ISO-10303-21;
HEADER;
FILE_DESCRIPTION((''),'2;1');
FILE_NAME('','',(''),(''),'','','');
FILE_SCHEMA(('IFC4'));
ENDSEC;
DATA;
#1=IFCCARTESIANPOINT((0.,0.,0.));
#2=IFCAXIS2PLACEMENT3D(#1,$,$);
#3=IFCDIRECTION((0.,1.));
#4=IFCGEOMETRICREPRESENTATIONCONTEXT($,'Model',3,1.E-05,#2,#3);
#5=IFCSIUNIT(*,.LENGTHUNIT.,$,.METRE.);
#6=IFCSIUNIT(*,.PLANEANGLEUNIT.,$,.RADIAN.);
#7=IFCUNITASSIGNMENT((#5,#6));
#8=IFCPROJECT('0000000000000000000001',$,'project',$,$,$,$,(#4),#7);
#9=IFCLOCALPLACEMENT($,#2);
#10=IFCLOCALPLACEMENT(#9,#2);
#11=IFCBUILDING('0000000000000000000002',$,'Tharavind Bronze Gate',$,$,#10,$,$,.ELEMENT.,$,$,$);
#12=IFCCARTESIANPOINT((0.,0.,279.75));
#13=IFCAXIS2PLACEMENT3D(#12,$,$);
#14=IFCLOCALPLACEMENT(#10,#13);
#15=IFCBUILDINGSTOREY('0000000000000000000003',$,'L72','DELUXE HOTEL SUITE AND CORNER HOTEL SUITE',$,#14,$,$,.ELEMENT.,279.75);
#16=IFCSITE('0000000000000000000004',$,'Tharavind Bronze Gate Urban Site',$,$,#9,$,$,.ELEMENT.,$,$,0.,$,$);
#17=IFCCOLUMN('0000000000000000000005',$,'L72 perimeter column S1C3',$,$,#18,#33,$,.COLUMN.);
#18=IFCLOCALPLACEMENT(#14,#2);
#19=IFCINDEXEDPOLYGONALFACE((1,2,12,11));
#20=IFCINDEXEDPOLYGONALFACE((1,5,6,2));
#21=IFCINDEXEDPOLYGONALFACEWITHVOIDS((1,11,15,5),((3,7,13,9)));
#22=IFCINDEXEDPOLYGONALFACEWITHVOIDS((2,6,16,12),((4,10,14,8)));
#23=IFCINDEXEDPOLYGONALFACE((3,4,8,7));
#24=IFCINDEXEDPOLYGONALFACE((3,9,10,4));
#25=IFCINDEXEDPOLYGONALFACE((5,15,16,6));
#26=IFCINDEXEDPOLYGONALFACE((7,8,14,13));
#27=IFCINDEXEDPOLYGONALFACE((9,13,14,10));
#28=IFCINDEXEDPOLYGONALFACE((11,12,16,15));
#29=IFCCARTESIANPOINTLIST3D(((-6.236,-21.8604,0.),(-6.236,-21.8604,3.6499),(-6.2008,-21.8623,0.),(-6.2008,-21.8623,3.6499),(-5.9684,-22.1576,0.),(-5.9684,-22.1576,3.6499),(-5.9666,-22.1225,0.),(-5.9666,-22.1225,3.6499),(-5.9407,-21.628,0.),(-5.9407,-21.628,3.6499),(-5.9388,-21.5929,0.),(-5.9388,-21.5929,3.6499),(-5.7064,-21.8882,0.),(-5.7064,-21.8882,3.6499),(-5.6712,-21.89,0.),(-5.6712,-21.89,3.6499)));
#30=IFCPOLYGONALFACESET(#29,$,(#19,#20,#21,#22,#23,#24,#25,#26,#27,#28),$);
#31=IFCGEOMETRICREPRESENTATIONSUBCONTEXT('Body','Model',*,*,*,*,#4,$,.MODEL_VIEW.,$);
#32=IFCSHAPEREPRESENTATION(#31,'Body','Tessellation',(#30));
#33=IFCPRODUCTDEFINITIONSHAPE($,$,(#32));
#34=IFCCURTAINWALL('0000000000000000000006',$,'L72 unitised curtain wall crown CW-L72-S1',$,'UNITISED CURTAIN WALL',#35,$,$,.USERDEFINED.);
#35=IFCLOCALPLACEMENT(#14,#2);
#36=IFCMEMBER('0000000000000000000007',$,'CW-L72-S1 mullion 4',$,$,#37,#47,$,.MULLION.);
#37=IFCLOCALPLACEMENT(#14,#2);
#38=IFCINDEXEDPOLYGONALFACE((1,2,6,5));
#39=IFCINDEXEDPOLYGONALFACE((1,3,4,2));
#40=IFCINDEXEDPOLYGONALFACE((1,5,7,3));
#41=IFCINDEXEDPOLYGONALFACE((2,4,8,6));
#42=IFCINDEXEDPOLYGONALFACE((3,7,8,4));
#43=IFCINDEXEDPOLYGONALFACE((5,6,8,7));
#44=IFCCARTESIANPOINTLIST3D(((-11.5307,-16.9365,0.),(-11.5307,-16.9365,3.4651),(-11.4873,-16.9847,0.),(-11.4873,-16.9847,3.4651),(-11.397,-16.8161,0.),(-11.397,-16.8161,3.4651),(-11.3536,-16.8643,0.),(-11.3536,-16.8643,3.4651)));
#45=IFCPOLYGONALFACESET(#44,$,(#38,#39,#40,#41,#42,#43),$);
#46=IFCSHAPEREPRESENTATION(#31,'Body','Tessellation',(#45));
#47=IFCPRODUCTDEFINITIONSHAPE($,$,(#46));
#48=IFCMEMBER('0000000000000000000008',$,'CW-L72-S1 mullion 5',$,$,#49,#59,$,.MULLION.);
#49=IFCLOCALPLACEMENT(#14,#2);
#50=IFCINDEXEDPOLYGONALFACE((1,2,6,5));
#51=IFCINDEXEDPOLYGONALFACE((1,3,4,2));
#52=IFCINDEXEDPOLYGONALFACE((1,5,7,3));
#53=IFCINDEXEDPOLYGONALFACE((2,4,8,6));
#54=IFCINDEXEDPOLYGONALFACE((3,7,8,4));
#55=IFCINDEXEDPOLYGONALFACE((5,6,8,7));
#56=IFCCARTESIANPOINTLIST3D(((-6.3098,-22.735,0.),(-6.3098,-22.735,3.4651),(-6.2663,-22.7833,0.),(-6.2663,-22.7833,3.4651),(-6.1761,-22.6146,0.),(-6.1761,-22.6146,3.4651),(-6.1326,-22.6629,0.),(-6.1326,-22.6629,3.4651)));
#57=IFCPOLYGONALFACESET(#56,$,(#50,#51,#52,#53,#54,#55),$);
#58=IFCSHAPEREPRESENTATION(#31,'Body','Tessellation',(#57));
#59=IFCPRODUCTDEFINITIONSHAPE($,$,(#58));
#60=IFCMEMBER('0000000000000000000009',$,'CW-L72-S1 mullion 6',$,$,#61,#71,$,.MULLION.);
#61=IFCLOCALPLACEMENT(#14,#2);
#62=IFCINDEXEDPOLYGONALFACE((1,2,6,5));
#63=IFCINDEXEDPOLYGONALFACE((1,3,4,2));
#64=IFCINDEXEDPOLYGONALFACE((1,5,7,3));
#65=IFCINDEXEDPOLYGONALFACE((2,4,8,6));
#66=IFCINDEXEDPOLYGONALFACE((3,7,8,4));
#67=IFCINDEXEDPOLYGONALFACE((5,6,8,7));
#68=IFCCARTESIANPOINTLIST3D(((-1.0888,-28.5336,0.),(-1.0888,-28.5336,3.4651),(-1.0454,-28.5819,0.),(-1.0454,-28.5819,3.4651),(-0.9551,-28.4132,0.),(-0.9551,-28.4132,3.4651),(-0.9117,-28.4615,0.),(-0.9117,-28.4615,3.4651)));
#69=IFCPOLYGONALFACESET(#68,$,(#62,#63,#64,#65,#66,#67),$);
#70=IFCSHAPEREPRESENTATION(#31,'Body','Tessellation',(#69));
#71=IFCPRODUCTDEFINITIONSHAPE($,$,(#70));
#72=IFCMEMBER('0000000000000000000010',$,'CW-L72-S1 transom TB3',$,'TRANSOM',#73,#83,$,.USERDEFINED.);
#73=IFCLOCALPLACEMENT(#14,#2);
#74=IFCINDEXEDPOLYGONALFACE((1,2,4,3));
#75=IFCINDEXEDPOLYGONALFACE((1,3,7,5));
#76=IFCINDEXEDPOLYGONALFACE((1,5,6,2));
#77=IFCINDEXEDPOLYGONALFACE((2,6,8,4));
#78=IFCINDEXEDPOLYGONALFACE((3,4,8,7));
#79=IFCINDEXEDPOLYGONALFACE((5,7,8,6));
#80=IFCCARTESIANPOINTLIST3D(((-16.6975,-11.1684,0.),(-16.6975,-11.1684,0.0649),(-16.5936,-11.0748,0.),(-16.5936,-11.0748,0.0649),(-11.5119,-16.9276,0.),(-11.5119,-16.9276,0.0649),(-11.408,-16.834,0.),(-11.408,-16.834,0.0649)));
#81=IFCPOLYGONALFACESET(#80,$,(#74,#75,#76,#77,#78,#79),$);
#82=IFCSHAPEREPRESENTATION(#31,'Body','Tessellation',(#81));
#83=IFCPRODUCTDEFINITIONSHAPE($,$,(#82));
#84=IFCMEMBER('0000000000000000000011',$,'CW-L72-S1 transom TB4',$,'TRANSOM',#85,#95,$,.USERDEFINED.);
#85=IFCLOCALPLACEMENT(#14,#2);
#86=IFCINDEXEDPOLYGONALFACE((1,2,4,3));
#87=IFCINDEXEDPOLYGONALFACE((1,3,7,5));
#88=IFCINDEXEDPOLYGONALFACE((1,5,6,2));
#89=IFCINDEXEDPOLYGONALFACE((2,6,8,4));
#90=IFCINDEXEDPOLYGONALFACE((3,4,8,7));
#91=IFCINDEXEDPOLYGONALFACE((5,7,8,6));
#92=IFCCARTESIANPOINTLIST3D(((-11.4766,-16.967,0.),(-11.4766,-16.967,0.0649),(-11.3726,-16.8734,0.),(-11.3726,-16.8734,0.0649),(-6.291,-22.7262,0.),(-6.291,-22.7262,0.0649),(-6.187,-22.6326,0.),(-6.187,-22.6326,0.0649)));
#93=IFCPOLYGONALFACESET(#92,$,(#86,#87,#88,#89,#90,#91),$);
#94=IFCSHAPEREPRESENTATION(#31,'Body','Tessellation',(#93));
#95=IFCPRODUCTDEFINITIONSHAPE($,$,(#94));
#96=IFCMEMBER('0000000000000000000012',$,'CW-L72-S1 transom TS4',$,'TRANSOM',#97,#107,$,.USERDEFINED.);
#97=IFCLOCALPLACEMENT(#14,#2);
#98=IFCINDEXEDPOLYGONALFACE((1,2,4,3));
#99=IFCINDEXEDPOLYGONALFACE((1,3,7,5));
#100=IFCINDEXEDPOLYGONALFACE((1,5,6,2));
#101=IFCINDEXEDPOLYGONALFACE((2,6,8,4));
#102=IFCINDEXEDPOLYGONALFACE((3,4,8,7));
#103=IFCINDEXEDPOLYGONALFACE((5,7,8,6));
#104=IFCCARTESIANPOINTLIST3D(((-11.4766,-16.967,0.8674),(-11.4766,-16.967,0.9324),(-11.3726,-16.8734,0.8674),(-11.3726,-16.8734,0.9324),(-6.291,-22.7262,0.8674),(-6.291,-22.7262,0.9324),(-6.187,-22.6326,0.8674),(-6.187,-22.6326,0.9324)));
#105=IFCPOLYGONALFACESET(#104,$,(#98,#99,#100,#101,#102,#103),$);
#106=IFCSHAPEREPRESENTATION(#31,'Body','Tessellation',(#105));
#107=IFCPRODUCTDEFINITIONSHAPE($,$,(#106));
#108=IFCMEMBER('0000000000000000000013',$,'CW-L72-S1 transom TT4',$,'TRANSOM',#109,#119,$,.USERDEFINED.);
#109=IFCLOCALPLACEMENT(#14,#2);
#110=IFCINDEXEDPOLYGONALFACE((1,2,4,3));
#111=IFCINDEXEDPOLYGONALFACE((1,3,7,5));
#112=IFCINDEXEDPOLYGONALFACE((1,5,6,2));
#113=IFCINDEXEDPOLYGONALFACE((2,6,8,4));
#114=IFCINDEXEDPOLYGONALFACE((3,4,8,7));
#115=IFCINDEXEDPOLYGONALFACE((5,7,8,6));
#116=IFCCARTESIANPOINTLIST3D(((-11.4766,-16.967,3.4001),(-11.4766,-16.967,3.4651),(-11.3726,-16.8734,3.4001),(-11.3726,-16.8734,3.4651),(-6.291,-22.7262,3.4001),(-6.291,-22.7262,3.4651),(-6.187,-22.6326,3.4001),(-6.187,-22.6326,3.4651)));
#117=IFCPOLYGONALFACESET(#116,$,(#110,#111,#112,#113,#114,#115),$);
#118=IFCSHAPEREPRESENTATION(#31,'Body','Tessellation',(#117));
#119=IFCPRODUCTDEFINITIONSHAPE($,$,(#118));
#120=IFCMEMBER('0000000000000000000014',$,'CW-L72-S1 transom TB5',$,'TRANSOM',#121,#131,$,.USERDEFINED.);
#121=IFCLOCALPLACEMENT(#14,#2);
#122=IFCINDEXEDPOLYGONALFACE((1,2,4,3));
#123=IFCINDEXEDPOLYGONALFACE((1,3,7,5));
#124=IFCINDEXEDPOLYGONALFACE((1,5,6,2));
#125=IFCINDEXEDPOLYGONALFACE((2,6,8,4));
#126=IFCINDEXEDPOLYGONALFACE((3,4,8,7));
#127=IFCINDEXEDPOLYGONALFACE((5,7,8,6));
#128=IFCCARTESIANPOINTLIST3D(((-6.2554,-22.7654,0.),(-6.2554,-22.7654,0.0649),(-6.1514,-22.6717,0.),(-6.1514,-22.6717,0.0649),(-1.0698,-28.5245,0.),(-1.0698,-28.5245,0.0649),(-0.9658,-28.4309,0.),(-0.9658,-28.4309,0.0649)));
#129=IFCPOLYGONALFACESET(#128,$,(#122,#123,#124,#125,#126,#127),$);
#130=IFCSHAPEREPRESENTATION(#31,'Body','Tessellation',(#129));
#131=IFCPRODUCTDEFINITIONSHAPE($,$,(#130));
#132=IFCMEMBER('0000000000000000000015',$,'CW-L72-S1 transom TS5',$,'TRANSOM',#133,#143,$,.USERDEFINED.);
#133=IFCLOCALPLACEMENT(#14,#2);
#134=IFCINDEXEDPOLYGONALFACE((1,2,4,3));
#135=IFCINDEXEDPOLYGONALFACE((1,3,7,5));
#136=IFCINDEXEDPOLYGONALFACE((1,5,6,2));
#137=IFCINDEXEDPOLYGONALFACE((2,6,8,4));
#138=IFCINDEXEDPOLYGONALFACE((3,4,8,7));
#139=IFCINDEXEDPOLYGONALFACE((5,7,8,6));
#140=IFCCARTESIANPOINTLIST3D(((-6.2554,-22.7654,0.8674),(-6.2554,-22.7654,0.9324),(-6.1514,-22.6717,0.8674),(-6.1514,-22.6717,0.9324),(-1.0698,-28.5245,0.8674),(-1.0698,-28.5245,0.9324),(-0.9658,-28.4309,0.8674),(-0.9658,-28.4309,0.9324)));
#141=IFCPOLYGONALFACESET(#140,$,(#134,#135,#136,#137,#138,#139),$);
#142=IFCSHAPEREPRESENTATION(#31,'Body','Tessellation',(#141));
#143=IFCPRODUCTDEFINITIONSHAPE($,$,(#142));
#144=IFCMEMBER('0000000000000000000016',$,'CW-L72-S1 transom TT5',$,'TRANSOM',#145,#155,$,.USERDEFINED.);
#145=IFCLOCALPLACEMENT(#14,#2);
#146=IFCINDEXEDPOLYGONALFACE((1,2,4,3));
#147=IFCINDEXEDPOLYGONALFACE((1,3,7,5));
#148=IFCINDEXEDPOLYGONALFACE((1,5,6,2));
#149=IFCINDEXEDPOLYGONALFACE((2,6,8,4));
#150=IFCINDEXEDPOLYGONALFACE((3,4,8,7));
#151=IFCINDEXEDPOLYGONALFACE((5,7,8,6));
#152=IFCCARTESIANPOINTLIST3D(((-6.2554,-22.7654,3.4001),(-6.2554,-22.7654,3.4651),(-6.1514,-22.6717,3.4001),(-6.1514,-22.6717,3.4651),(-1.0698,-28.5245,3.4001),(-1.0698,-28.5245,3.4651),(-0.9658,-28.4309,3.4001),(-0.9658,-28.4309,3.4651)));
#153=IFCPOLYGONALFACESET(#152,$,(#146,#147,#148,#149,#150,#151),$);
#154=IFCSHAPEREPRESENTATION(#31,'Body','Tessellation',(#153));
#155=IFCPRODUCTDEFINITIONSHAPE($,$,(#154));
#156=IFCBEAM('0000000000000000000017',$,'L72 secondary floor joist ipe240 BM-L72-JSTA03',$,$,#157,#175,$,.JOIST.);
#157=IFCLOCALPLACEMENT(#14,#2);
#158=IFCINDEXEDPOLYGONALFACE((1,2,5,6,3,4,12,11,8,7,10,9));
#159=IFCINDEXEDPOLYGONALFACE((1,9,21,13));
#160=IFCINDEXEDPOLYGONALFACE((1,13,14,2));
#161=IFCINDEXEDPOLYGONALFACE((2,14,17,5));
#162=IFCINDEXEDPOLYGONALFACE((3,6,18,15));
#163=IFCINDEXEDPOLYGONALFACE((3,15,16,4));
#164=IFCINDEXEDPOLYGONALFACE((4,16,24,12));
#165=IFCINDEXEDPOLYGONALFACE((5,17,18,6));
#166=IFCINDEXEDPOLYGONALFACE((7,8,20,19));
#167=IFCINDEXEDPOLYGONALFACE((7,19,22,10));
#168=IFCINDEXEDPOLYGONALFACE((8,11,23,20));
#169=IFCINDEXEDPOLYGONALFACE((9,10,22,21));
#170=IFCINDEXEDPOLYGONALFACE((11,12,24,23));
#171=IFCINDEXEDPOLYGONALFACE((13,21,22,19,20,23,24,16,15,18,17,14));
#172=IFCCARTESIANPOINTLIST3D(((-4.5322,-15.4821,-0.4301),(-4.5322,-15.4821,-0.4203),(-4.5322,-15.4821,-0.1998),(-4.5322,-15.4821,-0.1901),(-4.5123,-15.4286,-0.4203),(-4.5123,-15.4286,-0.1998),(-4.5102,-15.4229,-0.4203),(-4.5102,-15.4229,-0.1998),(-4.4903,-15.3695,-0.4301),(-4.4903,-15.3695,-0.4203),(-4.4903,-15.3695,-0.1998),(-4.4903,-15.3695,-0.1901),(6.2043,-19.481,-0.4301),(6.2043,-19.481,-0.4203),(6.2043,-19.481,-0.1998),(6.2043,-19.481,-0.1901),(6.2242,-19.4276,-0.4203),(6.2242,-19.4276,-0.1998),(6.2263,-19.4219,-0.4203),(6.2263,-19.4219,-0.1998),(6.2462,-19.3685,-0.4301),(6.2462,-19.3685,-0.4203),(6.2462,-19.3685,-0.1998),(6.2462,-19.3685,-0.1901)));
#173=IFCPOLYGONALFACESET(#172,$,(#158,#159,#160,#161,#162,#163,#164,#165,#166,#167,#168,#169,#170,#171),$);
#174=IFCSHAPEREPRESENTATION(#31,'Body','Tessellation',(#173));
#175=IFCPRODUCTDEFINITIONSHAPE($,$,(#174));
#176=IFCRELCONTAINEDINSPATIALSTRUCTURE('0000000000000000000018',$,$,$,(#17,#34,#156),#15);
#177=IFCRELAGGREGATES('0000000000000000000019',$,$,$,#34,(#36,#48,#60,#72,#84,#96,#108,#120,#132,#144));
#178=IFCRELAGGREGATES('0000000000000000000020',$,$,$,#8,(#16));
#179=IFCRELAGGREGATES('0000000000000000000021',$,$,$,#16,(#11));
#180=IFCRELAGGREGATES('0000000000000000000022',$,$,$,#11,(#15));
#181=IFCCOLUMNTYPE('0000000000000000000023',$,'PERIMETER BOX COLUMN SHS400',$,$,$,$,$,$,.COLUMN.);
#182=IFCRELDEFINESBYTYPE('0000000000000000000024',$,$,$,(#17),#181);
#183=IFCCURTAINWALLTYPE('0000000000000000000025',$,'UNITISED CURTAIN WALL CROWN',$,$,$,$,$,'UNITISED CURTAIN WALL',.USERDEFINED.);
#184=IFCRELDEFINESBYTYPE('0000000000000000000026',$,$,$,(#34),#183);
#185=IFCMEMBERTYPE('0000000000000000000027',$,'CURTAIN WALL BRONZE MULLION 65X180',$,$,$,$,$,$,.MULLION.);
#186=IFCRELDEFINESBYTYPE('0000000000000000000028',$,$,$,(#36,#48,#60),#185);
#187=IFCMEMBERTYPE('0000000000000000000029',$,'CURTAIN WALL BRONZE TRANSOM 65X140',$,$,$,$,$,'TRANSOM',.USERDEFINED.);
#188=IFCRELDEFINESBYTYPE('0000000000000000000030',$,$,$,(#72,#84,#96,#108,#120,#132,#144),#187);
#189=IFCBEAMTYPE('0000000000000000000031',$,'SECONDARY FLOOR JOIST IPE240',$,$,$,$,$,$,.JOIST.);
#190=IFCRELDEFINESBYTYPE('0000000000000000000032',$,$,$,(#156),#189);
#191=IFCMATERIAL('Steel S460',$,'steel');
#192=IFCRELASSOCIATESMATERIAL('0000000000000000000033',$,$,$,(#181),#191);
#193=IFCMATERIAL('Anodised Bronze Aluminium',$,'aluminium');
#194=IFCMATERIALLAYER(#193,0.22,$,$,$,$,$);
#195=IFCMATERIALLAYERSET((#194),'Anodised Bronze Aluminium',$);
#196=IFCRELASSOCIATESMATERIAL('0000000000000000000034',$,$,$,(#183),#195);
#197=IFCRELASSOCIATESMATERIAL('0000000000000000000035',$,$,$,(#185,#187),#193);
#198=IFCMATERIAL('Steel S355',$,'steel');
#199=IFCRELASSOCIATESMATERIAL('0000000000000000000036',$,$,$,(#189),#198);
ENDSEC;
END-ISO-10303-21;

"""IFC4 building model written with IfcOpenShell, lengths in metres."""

from ifc_helpers import new_model, si_unit, direction, frame, origin, origin_2d, place, context, subcontext, project, spatial, rectangle, hollow_rectangle, i_section, extrude, material, layer, layer_set, material_profile, profile_set, type_object, element, aggregate, save


model = new_model("IFC4")

# Units and contexts
model_context = context("Model", 3, precision=1e-05, world=origin(), true_north=direction((0.0, 1.0)))
body_context = subcontext(model_context, "Body", "Model", "MODEL_VIEW")
ifc_project = project(units=[si_unit("LENGTHUNIT", "METRE"), si_unit("PLANEANGLEUNIT", "RADIAN")], contexts=[model_context])

# Site, building, storey
site_placement = place(None, origin())
site = spatial("IfcSite", under=ifc_project, at=site_placement, Name="Tharavind Bronze Gate Urban Site", CompositionType="ELEMENT", RefElevation=0.0)
building_placement = place(site_placement, origin())
building = spatial("IfcBuilding", under=site, at=building_placement, Name="Tharavind Bronze Gate", CompositionType="ELEMENT")
storey_placement = place(building_placement, frame((0.0, 0.0, 279.75)))
storey = spatial("IfcBuildingStorey", under=building, at=storey_placement, Name="L72", Description="DELUXE HOTEL SUITE AND CORNER HOTEL SUITE", CompositionType="ELEMENT", Elevation=279.75)

# Column
ifc_material_1 = material(Name="Steel S460", Category="steel")
ifc_material_profile_1 = material_profile(ifc_material_1, hollow_rectangle(XDim=0.3999, YDim=0.3999, WallThickness=0.0249, at=origin_2d()), Name="SHS400X25")
ifc_profile_set_1 = profile_set([ifc_material_profile_1], Name="Steel S460")
column_type = type_object("IfcColumnType", Name="PERIMETER BOX COLUMN SHS400", PredefinedType="COLUMN", material=ifc_profile_set_1)
column_placement = place(storey_placement, frame((-5.9536, -21.8752, 0.0), z_axis=(0.0, 0.0, 1.0), x_axis=(-0.669131, 0.743145, 0.0)))
element("IfcColumn", 1, at=column_placement, inside=storey, type_object=column_type, Name="L72 perimeter column S1C3", PredefinedType="COLUMN", context=body_context, shape_type="SweptSolid", body=[
    extrude(hollow_rectangle(XDim=0.3999, YDim=0.3999, WallThickness=0.0249, at=origin_2d()), origin(), (0.0, 0.0, 1.0), 3.6499),
])

# Curtain wall, members
ifc_material_2 = material(Name="Anodised Bronze Aluminium", Category="aluminium")
ifc_layer_1 = layer(ifc_material_2, 0.22)
ifc_layer_set_1 = layer_set([ifc_layer_1], Name="Anodised Bronze Aluminium")
curtain_wall_type = type_object("IfcCurtainWallType", Name="UNITISED CURTAIN WALL CROWN", ElementType="UNITISED CURTAIN WALL", PredefinedType="USERDEFINED", material=ifc_layer_set_1)
curtain_wall_placement = place(storey_placement, origin())
curtain_wall = element("IfcCurtainWall", 2, at=curtain_wall_placement, inside=storey, type_object=curtain_wall_type, Name="L72 unitised curtain wall crown CW-L72-S1", ObjectType="UNITISED CURTAIN WALL", PredefinedType="USERDEFINED")
member_type_1 = type_object("IfcMemberType", Name="CURTAIN WALL BRONZE MULLION 65X180", PredefinedType="MULLION", material=ifc_material_2)
member_1_placement = place(storey_placement, frame((-11.4421, -16.9004, 0.0), z_axis=(0.0, 0.0, 1.0), x_axis=(0.669131, -0.743145, 0.0)))
member_1 = element("IfcMember", 3, at=member_1_placement, type_object=member_type_1, Name="CW-L72-S1 mullion 4", PredefinedType="MULLION", context=body_context, shape_type="SweptSolid", body=[
    extrude(rectangle(XDim=0.0649, YDim=0.1799, at=origin_2d()), origin(), (0.0, 0.0, 1.0), 3.4651),
])
member_2_placement = place(storey_placement, frame((-6.2212, -22.699, 0.0), z_axis=(0.0, 0.0, 1.0), x_axis=(0.669131, -0.743145, 0.0)))
member_2 = element("IfcMember", 4, at=member_2_placement, type_object=member_type_1, Name="CW-L72-S1 mullion 5", PredefinedType="MULLION", context=body_context, shape_type="SweptSolid", body=[
    extrude(rectangle(XDim=0.0649, YDim=0.1799, at=origin_2d()), origin(), (0.0, 0.0, 1.0), 3.4651),
])
member_3_placement = place(storey_placement, frame((-1.0002, -28.4976, 0.0), z_axis=(0.0, 0.0, 1.0), x_axis=(0.669131, -0.743145, 0.0)))
member_3 = element("IfcMember", 5, at=member_3_placement, type_object=member_type_1, Name="CW-L72-S1 mullion 6", PredefinedType="MULLION", context=body_context, shape_type="SweptSolid", body=[
    extrude(rectangle(XDim=0.0649, YDim=0.1799, at=origin_2d()), origin(), (0.0, 0.0, 1.0), 3.4651),
])
member_type_2 = type_object("IfcMemberType", Name="CURTAIN WALL BRONZE TRANSOM 65X140", ElementType="TRANSOM", PredefinedType="USERDEFINED", material=ifc_material_2)
member_4_placement = place(storey_placement, frame((-14.0527, -14.0012, 0.0), z_axis=(0.0, 0.0, 1.0), x_axis=(0.669131, -0.743145, 0.0)))
member_4 = element("IfcMember", 6, at=member_4_placement, type_object=member_type_2, Name="CW-L72-S1 transom TB3", ObjectType="TRANSOM", PredefinedType="USERDEFINED", context=body_context, shape_type="SweptSolid", body=[
    extrude(rectangle(XDim=7.7498, YDim=0.1399, at=origin_2d()), origin(), (0.0, 0.0, 1.0), 0.0649),
])
member_5_placement = place(storey_placement, frame((-8.8318, -19.7998, 0.0), z_axis=(0.0, 0.0, 1.0), x_axis=(0.669131, -0.743145, 0.0)))
member_5 = element("IfcMember", 7, at=member_5_placement, type_object=member_type_2, Name="CW-L72-S1 transom TB4", ObjectType="TRANSOM", PredefinedType="USERDEFINED", context=body_context, shape_type="SweptSolid", body=[
    extrude(rectangle(XDim=7.7498, YDim=0.1399, at=origin_2d()), origin(), (0.0, 0.0, 1.0), 0.0649),
])
member_6_placement = place(storey_placement, frame((-8.8318, -19.7998, 0.8674), z_axis=(0.0, 0.0, 1.0), x_axis=(0.669131, -0.743145, 0.0)))
member_6 = element("IfcMember", 8, at=member_6_placement, type_object=member_type_2, Name="CW-L72-S1 transom TS4", ObjectType="TRANSOM", PredefinedType="USERDEFINED", context=body_context, shape_type="SweptSolid", body=[
    extrude(rectangle(XDim=7.7498, YDim=0.1399, at=origin_2d()), origin(), (0.0, 0.0, 1.0), 0.0649),
])
member_7_placement = place(storey_placement, frame((-8.8318, -19.7998, 3.4001), z_axis=(0.0, 0.0, 1.0), x_axis=(0.669131, -0.743145, 0.0)))
member_7 = element("IfcMember", 9, at=member_7_placement, type_object=member_type_2, Name="CW-L72-S1 transom TT4", ObjectType="TRANSOM", PredefinedType="USERDEFINED", context=body_context, shape_type="SweptSolid", body=[
    extrude(rectangle(XDim=7.7498, YDim=0.1399, at=origin_2d()), origin(), (0.0, 0.0, 1.0), 0.0649),
])
member_8_placement = place(storey_placement, frame((-3.6106, -25.5981, 0.0), z_axis=(0.0, 0.0, 1.0), x_axis=(0.669131, -0.743145, 0.0)))
member_8 = element("IfcMember", 10, at=member_8_placement, type_object=member_type_2, Name="CW-L72-S1 transom TB5", ObjectType="TRANSOM", PredefinedType="USERDEFINED", context=body_context, shape_type="SweptSolid", body=[
    extrude(rectangle(XDim=7.7498, YDim=0.1399, at=origin_2d()), origin(), (0.0, 0.0, 1.0), 0.0649),
])
member_9_placement = place(storey_placement, frame((-3.6106, -25.5981, 0.8674), z_axis=(0.0, 0.0, 1.0), x_axis=(0.669131, -0.743145, 0.0)))
member_9 = element("IfcMember", 11, at=member_9_placement, type_object=member_type_2, Name="CW-L72-S1 transom TS5", ObjectType="TRANSOM", PredefinedType="USERDEFINED", context=body_context, shape_type="SweptSolid", body=[
    extrude(rectangle(XDim=7.7498, YDim=0.1399, at=origin_2d()), origin(), (0.0, 0.0, 1.0), 0.0649),
])
member_10_placement = place(storey_placement, frame((-3.6106, -25.5981, 3.4001), z_axis=(0.0, 0.0, 1.0), x_axis=(0.669131, -0.743145, 0.0)))
member_10 = element("IfcMember", 12, at=member_10_placement, type_object=member_type_2, Name="CW-L72-S1 transom TT5", ObjectType="TRANSOM", PredefinedType="USERDEFINED", context=body_context, shape_type="SweptSolid", body=[
    extrude(rectangle(XDim=7.7498, YDim=0.1399, at=origin_2d()), origin(), (0.0, 0.0, 1.0), 0.0649),
])

# Beam
ifc_material_3 = material(Name="Steel S355", Category="steel")
ifc_material_profile_2 = material_profile(ifc_material_3, i_section(OverallWidth=0.1201, OverallDepth=0.24, WebThickness=0.0061, FlangeThickness=0.0098, at=origin_2d()), Name="IPE240")
ifc_profile_set_2 = profile_set([ifc_material_profile_2], Name="Steel S355")
beam_type_1 = type_object("IfcBeamType", Name="SECONDARY FLOOR JOIST IPE240", PredefinedType="JOIST", material=ifc_profile_set_2)
beam_1_placement = place(storey_placement, frame((-4.5112, -15.4258, -0.3101), z_axis=(0.937107, -0.349042, 0.0), x_axis=(0.349042, 0.937107, 0.0)))
element("IfcBeam", 13, at=beam_1_placement, inside=storey, type_object=beam_type_1, Name="L72 secondary floor joist ipe240 BM-L72-JSTA03", PredefinedType="JOIST", context=body_context, shape_type="SweptSolid", body=[
    extrude(i_section(OverallWidth=0.1201, OverallDepth=0.24, WebThickness=0.0061, FlangeThickness=0.0098, at=origin_2d()), origin(), (0.0, 0.0, 1.0), 11.457),
])

aggregate(curtain_wall, [member_1, member_2, member_3, member_4, member_5, member_6, member_7, member_8, member_9, member_10])

save(model, "model.ifc")
